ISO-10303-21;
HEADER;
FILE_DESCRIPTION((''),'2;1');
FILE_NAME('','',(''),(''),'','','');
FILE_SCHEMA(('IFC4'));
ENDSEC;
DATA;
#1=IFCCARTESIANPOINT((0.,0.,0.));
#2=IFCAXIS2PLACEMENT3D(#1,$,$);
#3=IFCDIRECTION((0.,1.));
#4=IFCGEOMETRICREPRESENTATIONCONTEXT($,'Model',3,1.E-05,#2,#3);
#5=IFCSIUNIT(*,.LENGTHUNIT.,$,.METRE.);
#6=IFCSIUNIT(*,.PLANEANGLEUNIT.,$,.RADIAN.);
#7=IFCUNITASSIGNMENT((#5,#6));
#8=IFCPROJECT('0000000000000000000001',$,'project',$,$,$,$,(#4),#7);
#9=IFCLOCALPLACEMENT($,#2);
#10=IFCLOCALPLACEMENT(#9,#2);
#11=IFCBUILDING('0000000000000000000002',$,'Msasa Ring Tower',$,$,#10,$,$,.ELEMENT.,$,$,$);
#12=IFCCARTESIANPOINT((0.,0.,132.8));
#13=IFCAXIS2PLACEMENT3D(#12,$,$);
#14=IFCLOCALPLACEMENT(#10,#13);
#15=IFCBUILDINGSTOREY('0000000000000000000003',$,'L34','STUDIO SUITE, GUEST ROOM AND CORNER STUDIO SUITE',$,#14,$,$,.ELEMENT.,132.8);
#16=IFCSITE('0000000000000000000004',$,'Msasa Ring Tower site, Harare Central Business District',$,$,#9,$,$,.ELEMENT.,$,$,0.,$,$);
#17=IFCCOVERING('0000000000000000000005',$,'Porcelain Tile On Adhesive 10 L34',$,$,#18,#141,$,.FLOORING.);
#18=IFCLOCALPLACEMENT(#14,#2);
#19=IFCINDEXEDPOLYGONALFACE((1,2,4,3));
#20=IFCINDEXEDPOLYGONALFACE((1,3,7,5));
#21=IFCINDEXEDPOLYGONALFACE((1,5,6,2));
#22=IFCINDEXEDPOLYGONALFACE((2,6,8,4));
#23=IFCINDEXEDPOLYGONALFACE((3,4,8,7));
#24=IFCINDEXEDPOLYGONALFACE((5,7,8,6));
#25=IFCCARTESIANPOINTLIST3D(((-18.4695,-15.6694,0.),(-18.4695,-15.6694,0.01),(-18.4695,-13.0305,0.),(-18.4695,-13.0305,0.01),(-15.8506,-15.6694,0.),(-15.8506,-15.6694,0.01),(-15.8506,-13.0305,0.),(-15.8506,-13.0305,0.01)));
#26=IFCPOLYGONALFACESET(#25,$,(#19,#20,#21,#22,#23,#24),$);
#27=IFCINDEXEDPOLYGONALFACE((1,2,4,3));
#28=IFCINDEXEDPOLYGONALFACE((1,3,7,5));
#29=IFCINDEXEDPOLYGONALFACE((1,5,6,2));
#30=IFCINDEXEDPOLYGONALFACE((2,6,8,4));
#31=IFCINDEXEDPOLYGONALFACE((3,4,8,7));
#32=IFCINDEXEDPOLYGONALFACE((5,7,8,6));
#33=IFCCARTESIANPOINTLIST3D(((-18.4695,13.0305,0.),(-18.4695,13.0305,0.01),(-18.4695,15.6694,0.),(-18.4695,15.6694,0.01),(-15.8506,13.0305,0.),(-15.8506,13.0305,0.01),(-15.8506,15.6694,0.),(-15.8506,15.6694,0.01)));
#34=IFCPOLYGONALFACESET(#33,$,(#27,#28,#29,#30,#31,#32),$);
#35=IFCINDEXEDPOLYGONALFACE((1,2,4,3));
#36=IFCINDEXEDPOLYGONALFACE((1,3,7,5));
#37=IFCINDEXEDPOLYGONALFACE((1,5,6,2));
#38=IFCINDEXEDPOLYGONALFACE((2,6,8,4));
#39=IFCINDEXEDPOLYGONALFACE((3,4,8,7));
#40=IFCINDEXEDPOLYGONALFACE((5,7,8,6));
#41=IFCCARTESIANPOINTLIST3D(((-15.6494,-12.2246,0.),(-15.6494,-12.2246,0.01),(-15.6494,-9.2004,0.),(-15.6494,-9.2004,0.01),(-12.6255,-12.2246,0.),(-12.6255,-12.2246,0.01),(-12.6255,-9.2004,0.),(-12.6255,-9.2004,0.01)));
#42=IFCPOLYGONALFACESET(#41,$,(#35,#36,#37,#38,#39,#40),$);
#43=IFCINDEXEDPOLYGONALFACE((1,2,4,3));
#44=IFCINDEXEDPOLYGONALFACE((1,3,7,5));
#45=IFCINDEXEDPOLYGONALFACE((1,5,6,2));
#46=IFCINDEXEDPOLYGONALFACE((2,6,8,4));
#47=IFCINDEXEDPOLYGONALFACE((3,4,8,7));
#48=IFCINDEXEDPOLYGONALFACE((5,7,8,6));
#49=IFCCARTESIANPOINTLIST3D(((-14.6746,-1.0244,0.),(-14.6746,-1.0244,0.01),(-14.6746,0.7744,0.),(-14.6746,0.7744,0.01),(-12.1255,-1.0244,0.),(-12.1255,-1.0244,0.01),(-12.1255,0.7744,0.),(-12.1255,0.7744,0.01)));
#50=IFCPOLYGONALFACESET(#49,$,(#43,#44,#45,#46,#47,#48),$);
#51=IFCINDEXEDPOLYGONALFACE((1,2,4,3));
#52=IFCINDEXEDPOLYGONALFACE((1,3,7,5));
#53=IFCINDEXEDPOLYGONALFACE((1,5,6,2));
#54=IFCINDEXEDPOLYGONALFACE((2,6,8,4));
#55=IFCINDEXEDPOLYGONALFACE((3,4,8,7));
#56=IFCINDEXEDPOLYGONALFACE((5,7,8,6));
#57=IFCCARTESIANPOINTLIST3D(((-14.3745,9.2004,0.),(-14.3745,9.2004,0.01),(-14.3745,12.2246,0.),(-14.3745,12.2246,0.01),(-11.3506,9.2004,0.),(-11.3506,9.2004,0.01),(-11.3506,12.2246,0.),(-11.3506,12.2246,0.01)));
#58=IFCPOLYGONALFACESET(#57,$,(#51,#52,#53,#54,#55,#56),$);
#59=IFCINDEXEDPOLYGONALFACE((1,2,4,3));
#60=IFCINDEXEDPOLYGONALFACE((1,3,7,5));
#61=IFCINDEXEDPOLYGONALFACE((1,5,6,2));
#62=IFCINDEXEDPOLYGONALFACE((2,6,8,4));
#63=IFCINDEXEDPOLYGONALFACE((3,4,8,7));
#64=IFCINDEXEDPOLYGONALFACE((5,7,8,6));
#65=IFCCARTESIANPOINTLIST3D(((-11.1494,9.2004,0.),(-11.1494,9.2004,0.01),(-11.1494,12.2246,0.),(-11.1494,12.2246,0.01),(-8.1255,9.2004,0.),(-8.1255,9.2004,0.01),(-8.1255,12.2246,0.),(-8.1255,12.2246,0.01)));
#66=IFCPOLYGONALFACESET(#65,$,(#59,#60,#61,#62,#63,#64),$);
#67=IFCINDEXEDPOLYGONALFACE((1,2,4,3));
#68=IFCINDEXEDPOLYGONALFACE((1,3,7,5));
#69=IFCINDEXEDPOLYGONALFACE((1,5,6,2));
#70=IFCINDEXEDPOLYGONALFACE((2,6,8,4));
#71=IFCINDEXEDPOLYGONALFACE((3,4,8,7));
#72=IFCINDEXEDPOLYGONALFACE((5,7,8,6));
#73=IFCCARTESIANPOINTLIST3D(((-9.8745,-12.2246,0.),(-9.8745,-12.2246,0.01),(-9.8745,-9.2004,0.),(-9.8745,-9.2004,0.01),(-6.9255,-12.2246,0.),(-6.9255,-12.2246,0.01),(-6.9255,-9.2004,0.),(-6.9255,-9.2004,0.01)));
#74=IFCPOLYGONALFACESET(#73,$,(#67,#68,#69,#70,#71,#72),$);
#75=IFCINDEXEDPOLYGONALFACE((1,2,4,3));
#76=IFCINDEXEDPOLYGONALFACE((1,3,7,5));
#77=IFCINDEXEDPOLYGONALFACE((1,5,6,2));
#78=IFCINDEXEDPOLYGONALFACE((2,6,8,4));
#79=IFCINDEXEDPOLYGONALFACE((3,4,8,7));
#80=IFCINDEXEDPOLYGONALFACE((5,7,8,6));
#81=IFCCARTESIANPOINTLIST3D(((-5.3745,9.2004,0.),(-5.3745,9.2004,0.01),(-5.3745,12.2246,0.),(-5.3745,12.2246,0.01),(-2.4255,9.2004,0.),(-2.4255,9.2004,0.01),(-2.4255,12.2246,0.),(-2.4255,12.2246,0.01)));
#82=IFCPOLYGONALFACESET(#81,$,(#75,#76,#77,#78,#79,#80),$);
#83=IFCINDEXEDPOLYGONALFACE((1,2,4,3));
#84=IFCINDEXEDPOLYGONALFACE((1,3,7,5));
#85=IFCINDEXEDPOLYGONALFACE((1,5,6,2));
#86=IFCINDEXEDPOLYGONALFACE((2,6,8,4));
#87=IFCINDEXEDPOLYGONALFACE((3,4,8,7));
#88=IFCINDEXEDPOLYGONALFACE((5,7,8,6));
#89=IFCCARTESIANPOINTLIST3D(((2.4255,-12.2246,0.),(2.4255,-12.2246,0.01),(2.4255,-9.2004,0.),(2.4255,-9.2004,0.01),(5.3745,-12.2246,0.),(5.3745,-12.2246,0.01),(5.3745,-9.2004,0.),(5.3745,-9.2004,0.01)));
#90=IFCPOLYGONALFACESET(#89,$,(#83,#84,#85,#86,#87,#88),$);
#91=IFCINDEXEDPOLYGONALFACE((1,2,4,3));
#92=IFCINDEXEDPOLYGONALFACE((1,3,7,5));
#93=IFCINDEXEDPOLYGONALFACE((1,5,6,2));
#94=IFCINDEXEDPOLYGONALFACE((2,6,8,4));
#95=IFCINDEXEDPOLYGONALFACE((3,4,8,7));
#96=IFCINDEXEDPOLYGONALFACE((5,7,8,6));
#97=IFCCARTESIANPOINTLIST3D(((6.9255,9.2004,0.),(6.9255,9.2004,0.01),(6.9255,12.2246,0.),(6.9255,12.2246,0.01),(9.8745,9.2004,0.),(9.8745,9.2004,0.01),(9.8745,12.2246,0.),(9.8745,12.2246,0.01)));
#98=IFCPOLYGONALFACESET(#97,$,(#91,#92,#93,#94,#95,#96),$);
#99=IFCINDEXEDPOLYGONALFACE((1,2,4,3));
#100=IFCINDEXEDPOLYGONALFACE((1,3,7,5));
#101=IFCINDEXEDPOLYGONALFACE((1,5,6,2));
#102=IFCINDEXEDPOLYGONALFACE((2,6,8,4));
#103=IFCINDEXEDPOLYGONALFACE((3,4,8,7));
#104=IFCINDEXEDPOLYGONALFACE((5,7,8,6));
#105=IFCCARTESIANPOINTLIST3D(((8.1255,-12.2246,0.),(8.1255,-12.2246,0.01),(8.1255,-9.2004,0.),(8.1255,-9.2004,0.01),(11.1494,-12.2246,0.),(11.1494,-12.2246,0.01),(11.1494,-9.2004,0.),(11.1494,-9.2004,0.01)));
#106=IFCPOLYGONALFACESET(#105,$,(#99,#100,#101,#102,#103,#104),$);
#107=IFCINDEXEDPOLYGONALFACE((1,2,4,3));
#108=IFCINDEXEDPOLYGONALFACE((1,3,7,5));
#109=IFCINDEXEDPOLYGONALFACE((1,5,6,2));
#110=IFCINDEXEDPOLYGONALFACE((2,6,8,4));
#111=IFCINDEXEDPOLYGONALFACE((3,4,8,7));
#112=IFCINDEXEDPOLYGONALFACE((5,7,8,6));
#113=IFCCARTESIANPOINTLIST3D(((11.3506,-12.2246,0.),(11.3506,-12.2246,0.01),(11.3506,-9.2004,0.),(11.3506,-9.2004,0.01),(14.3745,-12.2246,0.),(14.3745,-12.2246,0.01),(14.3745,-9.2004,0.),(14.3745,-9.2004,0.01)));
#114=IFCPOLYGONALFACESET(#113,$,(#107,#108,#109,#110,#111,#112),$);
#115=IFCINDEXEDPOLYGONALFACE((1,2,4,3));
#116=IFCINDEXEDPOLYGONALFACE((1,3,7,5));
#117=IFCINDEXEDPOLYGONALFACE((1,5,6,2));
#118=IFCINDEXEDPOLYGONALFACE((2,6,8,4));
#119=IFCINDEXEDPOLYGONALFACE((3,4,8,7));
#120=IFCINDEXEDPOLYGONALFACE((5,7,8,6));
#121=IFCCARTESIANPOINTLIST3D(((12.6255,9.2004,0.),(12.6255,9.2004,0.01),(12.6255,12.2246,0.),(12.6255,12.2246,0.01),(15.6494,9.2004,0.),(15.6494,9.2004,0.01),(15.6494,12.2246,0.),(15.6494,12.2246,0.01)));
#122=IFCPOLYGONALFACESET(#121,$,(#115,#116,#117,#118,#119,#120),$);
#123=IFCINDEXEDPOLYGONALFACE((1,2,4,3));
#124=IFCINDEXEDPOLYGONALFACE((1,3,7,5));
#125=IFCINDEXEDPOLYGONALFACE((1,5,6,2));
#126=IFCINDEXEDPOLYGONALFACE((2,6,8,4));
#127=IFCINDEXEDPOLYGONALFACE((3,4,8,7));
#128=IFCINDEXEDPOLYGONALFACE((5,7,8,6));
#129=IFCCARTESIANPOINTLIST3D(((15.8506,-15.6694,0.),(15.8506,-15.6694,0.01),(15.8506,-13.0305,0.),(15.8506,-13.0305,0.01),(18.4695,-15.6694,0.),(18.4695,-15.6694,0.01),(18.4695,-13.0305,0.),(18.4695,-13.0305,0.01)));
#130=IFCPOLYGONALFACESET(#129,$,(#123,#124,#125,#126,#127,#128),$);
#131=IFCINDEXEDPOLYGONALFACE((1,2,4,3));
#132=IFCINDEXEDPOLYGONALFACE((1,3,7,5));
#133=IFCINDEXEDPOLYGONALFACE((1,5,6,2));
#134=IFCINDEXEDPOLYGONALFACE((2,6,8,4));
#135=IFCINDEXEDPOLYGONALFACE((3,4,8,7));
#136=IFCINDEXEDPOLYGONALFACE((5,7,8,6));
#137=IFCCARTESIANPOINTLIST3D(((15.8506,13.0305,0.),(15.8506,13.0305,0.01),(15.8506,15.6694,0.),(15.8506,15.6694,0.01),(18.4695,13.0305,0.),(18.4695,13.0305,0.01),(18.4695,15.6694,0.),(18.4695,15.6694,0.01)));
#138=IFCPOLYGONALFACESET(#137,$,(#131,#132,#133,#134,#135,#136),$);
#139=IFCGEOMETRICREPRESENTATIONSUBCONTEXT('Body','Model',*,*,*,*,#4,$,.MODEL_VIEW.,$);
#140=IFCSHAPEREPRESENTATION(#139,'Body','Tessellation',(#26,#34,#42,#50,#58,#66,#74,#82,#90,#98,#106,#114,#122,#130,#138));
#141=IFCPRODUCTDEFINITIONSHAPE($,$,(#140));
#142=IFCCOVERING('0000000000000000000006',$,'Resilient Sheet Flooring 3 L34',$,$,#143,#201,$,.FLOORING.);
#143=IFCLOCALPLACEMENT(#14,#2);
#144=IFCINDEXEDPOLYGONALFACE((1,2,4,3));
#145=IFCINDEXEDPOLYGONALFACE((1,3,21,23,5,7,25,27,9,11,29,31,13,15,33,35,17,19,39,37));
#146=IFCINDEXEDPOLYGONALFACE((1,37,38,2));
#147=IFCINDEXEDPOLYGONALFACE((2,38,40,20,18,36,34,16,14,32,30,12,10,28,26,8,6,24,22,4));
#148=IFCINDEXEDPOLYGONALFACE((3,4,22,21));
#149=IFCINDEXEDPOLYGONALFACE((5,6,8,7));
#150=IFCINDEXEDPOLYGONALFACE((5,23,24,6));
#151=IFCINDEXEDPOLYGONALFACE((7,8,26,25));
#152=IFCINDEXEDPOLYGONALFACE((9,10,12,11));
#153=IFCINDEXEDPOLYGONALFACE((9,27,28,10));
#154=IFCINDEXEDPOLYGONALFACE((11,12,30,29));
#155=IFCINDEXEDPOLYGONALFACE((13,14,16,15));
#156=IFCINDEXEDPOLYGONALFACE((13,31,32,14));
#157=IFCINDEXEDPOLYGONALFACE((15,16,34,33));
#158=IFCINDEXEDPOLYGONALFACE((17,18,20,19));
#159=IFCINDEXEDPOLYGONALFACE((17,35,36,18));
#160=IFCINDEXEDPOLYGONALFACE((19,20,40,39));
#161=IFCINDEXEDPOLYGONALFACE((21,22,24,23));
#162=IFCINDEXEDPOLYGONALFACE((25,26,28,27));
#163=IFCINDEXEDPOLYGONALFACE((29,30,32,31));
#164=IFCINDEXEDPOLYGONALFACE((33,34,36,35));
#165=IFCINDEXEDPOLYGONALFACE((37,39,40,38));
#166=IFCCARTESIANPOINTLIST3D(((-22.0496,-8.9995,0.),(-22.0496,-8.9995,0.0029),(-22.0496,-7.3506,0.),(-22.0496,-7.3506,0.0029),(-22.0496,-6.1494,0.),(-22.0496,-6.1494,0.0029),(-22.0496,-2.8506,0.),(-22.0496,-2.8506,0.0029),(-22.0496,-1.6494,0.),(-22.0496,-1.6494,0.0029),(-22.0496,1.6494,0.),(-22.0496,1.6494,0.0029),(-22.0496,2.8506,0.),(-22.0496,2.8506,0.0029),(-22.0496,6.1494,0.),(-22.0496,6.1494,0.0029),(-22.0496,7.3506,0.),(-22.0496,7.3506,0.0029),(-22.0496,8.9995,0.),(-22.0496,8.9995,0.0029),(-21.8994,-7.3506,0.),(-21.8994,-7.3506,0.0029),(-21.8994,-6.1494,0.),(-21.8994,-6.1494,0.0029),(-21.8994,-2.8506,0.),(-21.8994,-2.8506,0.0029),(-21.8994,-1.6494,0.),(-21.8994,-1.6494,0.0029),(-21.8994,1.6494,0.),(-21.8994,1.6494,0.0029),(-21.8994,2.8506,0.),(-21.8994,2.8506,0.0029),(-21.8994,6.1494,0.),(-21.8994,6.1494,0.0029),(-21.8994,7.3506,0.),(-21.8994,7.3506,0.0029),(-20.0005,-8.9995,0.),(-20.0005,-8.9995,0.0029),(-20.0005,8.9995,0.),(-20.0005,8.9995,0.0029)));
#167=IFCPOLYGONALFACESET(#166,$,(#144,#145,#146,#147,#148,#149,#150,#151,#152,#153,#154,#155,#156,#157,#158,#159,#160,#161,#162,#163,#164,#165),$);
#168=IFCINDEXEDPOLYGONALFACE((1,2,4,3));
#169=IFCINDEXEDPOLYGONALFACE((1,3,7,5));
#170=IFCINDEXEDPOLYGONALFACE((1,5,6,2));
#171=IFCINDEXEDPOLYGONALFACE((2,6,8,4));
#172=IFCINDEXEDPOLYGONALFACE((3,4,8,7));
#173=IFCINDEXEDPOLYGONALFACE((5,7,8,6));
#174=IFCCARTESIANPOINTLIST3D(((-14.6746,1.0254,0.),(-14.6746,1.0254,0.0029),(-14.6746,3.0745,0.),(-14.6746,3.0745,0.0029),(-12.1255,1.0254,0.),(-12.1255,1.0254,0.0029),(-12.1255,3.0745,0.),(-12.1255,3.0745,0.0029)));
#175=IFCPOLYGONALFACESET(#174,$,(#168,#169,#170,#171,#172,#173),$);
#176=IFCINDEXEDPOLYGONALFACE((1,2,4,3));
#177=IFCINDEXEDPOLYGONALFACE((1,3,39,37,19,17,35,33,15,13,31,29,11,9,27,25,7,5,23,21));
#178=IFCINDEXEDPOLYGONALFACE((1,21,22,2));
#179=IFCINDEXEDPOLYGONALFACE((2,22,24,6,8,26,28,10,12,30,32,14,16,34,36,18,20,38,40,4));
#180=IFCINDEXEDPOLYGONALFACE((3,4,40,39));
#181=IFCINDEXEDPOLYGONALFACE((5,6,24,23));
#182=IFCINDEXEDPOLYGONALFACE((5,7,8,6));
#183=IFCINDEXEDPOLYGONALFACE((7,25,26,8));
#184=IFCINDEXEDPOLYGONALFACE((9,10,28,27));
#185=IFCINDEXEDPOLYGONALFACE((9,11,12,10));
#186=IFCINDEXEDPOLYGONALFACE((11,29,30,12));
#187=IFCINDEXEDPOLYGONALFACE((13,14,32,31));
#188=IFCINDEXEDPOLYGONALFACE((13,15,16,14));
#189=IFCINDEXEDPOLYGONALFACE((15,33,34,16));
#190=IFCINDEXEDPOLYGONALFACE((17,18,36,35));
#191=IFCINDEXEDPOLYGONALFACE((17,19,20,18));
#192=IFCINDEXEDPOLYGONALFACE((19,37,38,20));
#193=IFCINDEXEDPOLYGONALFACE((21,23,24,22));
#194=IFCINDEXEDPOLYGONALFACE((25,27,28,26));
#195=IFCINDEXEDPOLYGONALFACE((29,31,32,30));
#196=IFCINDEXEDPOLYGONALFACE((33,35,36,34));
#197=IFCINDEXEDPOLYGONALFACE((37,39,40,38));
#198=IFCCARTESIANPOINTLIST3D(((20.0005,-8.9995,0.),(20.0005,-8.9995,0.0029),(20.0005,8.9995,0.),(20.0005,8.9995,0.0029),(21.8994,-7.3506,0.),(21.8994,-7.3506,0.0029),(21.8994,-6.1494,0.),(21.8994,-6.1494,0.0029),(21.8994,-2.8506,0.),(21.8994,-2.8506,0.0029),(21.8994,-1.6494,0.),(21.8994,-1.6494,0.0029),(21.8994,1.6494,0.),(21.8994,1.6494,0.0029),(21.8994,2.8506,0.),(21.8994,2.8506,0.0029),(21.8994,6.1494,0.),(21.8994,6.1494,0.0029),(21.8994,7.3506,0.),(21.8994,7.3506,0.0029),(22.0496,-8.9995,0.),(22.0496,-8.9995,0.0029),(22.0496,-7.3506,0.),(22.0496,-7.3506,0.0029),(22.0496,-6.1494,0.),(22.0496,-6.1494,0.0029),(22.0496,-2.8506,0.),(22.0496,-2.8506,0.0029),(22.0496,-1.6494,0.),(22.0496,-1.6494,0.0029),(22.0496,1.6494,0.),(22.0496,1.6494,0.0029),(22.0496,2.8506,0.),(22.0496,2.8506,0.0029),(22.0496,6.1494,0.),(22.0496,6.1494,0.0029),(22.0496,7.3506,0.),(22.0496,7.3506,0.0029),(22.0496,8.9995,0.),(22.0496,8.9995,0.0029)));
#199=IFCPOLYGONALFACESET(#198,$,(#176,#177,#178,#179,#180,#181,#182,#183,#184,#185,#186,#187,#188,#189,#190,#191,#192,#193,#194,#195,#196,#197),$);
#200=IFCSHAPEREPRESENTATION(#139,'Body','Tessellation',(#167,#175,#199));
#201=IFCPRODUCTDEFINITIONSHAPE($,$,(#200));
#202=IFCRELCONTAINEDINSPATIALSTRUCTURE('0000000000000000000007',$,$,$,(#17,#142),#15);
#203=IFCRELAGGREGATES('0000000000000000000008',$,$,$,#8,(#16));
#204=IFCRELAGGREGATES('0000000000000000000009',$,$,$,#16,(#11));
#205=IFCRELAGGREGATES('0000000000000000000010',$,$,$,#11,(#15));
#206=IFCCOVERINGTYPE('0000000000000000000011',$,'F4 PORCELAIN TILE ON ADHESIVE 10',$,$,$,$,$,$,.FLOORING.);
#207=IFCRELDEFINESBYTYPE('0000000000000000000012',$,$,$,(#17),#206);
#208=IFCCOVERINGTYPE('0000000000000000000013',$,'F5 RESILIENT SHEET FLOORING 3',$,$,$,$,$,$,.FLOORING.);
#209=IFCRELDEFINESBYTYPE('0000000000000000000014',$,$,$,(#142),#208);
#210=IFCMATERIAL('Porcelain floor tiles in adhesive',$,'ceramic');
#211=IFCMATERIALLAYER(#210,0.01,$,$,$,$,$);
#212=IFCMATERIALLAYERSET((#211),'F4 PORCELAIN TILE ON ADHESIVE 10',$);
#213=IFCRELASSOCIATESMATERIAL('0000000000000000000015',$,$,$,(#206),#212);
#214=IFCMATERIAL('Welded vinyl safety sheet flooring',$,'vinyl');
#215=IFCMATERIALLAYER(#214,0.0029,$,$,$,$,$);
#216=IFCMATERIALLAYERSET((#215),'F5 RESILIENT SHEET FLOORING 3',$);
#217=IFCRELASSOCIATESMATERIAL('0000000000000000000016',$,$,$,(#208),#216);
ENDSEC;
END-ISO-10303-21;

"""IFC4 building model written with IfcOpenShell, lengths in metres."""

from ifc_helpers import new_model, si_unit, direction, frame, origin, place, context, subcontext, project, spatial, line, indexed_curve, outline, extrude, material, layer, layer_set, type_object, element, save


model = new_model("IFC4")

# Units and contexts
model_context = context("Model", 3, precision=1e-05, world=origin(), true_north=direction((0.0, 1.0)))
body_context = subcontext(model_context, "Body", "Model", "MODEL_VIEW")
ifc_project = project(units=[si_unit("LENGTHUNIT", "METRE"), si_unit("PLANEANGLEUNIT", "RADIAN")], contexts=[model_context])

# Site, building, storey
site_placement = place(None, origin())
site = spatial("IfcSite", under=ifc_project, at=site_placement, Name="Msasa Ring Tower site, Harare Central Business District", CompositionType="ELEMENT", RefElevation=0.0)
building_placement = place(site_placement, origin())
building = spatial("IfcBuilding", under=site, at=building_placement, Name="Msasa Ring Tower", CompositionType="ELEMENT")
storey_placement = place(building_placement, frame((0.0, 0.0, 132.8)))
storey = spatial("IfcBuildingStorey", under=building, at=storey_placement, Name="L34", Description="STUDIO SUITE, GUEST ROOM AND CORNER STUDIO SUITE", CompositionType="ELEMENT", Elevation=132.8)

# Coverings
ifc_material_1 = material(Name="Porcelain floor tiles in adhesive", Category="ceramic")
ifc_layer_1 = layer(ifc_material_1, 0.01)
ifc_layer_set_1 = layer_set([ifc_layer_1], Name="F4 PORCELAIN TILE ON ADHESIVE 10")
covering_type_1 = type_object("IfcCoveringType", Name="F4 PORCELAIN TILE ON ADHESIVE 10", PredefinedType="FLOORING", material=ifc_layer_set_1)
covering_1_placement = place(storey_placement, origin())
element("IfcCovering", 1, at=covering_1_placement, inside=storey, type_object=covering_type_1, Name="Porcelain Tile On Adhesive 10 L34", PredefinedType="FLOORING", context=body_context, shape_type="SweptSolid", body=[
    extrude(outline(indexed_curve([(-18.4695, -13.0305), (-15.8506, -13.0305), (-15.8506, -15.6694), (-18.4695, -15.6694)], segments=[line(1, 2, 3, 4, 1)], self_intersect=False)), origin(), (0.0, 0.0, 1.0), 0.01),
    extrude(outline(indexed_curve([(-15.8506, 15.6694), (-15.8506, 13.0305), (-18.4695, 13.0305), (-18.4695, 15.6694)], segments=[line(1, 2, 3, 4, 1)], self_intersect=False)), origin(), (0.0, 0.0, 1.0), 0.01),
    extrude(outline(indexed_curve([(-12.6255, -9.2004), (-12.6255, -12.2246), (-15.6494, -12.2246), (-15.6494, -9.2004)], segments=[line(1, 2, 3, 4, 1)], self_intersect=False)), origin(), (0.0, 0.0, 1.0), 0.01),
    extrude(outline(indexed_curve([(-12.1255, -1.0244), (-14.6746, -1.0244), (-14.6746, 0.7744), (-12.1255, 0.7744)], segments=[line(1, 2, 3, 4, 1)], self_intersect=False)), origin(), (0.0, 0.0, 1.0), 0.01),
    extrude(outline(indexed_curve([(-11.3506, 9.2004), (-14.3745, 9.2004), (-14.3745, 12.2246), (-11.3506, 12.2246)], segments=[line(1, 2, 3, 4, 1)], self_intersect=False)), origin(), (0.0, 0.0, 1.0), 0.01),
    extrude(outline(indexed_curve([(-11.1494, 9.2004), (-11.1494, 12.2246), (-8.1255, 12.2246), (-8.1255, 9.2004)], segments=[line(1, 2, 3, 4, 1)], self_intersect=False)), origin(), (0.0, 0.0, 1.0), 0.01),
    extrude(outline(indexed_curve([(-6.9255, -9.2004), (-6.9255, -12.2246), (-9.8745, -12.2246), (-9.8745, -9.2004)], segments=[line(1, 2, 3, 4, 1)], self_intersect=False)), origin(), (0.0, 0.0, 1.0), 0.01),
    extrude(outline(indexed_curve([(-5.3745, 9.2004), (-5.3745, 12.2246), (-2.4255, 12.2246), (-2.4255, 9.2004)], segments=[line(1, 2, 3, 4, 1)], self_intersect=False)), origin(), (0.0, 0.0, 1.0), 0.01),
    extrude(outline(indexed_curve([(5.3745, -9.2004), (5.3745, -12.2246), (2.4255, -12.2246), (2.4255, -9.2004)], segments=[line(1, 2, 3, 4, 1)], self_intersect=False)), origin(), (0.0, 0.0, 1.0), 0.01),
    extrude(outline(indexed_curve([(6.9255, 9.2004), (6.9255, 12.2246), (9.8745, 12.2246), (9.8745, 9.2004)], segments=[line(1, 2, 3, 4, 1)], self_intersect=False)), origin(), (0.0, 0.0, 1.0), 0.01),
    extrude(outline(indexed_curve([(11.1494, -9.2004), (11.1494, -12.2246), (8.1255, -12.2246), (8.1255, -9.2004)], segments=[line(1, 2, 3, 4, 1)], self_intersect=False)), origin(), (0.0, 0.0, 1.0), 0.01),
    extrude(outline(indexed_curve([(14.3745, -9.2004), (14.3745, -12.2246), (11.3506, -12.2246), (11.3506, -9.2004)], segments=[line(1, 2, 3, 4, 1)], self_intersect=False)), origin(), (0.0, 0.0, 1.0), 0.01),
    extrude(outline(indexed_curve([(15.6494, 9.2004), (12.6255, 9.2004), (12.6255, 12.2246), (15.6494, 12.2246)], segments=[line(1, 2, 3, 4, 1)], self_intersect=False)), origin(), (0.0, 0.0, 1.0), 0.01),
    extrude(outline(indexed_curve([(18.4695, -13.0305), (18.4695, -15.6694), (15.8506, -15.6694), (15.8506, -13.0305)], segments=[line(1, 2, 3, 4, 1)], self_intersect=False)), origin(), (0.0, 0.0, 1.0), 0.01),
    extrude(outline(indexed_curve([(18.4695, 15.6694), (18.4695, 13.0305), (15.8506, 13.0305), (15.8506, 15.6694)], segments=[line(1, 2, 3, 4, 1)], self_intersect=False)), origin(), (0.0, 0.0, 1.0), 0.01),
])
ifc_material_2 = material(Name="Welded vinyl safety sheet flooring", Category="vinyl")
ifc_layer_2 = layer(ifc_material_2, 0.0029)
ifc_layer_set_2 = layer_set([ifc_layer_2], Name="F5 RESILIENT SHEET FLOORING 3")
covering_type_2 = type_object("IfcCoveringType", Name="F5 RESILIENT SHEET FLOORING 3", PredefinedType="FLOORING", material=ifc_layer_set_2)
covering_2_placement = place(storey_placement, origin())
element("IfcCovering", 2, at=covering_2_placement, inside=storey, type_object=covering_type_2, Name="Resilient Sheet Flooring 3 L34", PredefinedType="FLOORING", context=body_context, shape_type="SweptSolid", body=[
    extrude(outline(indexed_curve([(-22.0496, -7.3506), (-21.8994, -7.3506), (-21.8994, -6.1494), (-22.0496, -6.1494), (-22.0496, -2.8506), (-21.8994, -2.8506), (-21.8994, -1.6494), (-22.0496, -1.6494), (-22.0496, 1.6494), (-21.8994, 1.6494), (-21.8994, 2.8506), (-22.0496, 2.8506), (-22.0496, 6.1494), (-21.8994, 6.1494), (-21.8994, 7.3506), (-22.0496, 7.3506), (-22.0496, 8.9995), (-20.0005, 8.9995), (-20.0005, -8.9995), (-22.0496, -8.9995)], segments=[line(1, 2, 3, 4, 5, 6, 7, 8, 9, 10, 11, 12, 13, 14, 15, 16, 17, 18, 19, 20, 1)], self_intersect=False)), origin(), (0.0, 0.0, 1.0), 0.0029),
    extrude(outline(indexed_curve([(-14.6746, 3.0745), (-12.1255, 3.0745), (-12.1255, 1.0254), (-14.6746, 1.0254)], segments=[line(1, 2, 3, 4, 1)], self_intersect=False)), origin(), (0.0, 0.0, 1.0), 0.0029),
    extrude(outline(indexed_curve([(22.0496, 7.3506), (21.8994, 7.3506), (21.8994, 6.1494), (22.0496, 6.1494), (22.0496, 2.8506), (21.8994, 2.8506), (21.8994, 1.6494), (22.0496, 1.6494), (22.0496, -1.6494), (21.8994, -1.6494), (21.8994, -2.8506), (22.0496, -2.8506), (22.0496, -6.1494), (21.8994, -6.1494), (21.8994, -7.3506), (22.0496, -7.3506), (22.0496, -8.9995), (20.0005, -8.9995), (20.0005, 8.9995), (22.0496, 8.9995)], segments=[line(1, 2, 3, 4, 5, 6, 7, 8, 9, 10, 11, 12, 13, 14, 15, 16, 17, 18, 19, 20, 1)], self_intersect=False)), origin(), (0.0, 0.0, 1.0), 0.0029),
])

save(model, "model.ifc")
